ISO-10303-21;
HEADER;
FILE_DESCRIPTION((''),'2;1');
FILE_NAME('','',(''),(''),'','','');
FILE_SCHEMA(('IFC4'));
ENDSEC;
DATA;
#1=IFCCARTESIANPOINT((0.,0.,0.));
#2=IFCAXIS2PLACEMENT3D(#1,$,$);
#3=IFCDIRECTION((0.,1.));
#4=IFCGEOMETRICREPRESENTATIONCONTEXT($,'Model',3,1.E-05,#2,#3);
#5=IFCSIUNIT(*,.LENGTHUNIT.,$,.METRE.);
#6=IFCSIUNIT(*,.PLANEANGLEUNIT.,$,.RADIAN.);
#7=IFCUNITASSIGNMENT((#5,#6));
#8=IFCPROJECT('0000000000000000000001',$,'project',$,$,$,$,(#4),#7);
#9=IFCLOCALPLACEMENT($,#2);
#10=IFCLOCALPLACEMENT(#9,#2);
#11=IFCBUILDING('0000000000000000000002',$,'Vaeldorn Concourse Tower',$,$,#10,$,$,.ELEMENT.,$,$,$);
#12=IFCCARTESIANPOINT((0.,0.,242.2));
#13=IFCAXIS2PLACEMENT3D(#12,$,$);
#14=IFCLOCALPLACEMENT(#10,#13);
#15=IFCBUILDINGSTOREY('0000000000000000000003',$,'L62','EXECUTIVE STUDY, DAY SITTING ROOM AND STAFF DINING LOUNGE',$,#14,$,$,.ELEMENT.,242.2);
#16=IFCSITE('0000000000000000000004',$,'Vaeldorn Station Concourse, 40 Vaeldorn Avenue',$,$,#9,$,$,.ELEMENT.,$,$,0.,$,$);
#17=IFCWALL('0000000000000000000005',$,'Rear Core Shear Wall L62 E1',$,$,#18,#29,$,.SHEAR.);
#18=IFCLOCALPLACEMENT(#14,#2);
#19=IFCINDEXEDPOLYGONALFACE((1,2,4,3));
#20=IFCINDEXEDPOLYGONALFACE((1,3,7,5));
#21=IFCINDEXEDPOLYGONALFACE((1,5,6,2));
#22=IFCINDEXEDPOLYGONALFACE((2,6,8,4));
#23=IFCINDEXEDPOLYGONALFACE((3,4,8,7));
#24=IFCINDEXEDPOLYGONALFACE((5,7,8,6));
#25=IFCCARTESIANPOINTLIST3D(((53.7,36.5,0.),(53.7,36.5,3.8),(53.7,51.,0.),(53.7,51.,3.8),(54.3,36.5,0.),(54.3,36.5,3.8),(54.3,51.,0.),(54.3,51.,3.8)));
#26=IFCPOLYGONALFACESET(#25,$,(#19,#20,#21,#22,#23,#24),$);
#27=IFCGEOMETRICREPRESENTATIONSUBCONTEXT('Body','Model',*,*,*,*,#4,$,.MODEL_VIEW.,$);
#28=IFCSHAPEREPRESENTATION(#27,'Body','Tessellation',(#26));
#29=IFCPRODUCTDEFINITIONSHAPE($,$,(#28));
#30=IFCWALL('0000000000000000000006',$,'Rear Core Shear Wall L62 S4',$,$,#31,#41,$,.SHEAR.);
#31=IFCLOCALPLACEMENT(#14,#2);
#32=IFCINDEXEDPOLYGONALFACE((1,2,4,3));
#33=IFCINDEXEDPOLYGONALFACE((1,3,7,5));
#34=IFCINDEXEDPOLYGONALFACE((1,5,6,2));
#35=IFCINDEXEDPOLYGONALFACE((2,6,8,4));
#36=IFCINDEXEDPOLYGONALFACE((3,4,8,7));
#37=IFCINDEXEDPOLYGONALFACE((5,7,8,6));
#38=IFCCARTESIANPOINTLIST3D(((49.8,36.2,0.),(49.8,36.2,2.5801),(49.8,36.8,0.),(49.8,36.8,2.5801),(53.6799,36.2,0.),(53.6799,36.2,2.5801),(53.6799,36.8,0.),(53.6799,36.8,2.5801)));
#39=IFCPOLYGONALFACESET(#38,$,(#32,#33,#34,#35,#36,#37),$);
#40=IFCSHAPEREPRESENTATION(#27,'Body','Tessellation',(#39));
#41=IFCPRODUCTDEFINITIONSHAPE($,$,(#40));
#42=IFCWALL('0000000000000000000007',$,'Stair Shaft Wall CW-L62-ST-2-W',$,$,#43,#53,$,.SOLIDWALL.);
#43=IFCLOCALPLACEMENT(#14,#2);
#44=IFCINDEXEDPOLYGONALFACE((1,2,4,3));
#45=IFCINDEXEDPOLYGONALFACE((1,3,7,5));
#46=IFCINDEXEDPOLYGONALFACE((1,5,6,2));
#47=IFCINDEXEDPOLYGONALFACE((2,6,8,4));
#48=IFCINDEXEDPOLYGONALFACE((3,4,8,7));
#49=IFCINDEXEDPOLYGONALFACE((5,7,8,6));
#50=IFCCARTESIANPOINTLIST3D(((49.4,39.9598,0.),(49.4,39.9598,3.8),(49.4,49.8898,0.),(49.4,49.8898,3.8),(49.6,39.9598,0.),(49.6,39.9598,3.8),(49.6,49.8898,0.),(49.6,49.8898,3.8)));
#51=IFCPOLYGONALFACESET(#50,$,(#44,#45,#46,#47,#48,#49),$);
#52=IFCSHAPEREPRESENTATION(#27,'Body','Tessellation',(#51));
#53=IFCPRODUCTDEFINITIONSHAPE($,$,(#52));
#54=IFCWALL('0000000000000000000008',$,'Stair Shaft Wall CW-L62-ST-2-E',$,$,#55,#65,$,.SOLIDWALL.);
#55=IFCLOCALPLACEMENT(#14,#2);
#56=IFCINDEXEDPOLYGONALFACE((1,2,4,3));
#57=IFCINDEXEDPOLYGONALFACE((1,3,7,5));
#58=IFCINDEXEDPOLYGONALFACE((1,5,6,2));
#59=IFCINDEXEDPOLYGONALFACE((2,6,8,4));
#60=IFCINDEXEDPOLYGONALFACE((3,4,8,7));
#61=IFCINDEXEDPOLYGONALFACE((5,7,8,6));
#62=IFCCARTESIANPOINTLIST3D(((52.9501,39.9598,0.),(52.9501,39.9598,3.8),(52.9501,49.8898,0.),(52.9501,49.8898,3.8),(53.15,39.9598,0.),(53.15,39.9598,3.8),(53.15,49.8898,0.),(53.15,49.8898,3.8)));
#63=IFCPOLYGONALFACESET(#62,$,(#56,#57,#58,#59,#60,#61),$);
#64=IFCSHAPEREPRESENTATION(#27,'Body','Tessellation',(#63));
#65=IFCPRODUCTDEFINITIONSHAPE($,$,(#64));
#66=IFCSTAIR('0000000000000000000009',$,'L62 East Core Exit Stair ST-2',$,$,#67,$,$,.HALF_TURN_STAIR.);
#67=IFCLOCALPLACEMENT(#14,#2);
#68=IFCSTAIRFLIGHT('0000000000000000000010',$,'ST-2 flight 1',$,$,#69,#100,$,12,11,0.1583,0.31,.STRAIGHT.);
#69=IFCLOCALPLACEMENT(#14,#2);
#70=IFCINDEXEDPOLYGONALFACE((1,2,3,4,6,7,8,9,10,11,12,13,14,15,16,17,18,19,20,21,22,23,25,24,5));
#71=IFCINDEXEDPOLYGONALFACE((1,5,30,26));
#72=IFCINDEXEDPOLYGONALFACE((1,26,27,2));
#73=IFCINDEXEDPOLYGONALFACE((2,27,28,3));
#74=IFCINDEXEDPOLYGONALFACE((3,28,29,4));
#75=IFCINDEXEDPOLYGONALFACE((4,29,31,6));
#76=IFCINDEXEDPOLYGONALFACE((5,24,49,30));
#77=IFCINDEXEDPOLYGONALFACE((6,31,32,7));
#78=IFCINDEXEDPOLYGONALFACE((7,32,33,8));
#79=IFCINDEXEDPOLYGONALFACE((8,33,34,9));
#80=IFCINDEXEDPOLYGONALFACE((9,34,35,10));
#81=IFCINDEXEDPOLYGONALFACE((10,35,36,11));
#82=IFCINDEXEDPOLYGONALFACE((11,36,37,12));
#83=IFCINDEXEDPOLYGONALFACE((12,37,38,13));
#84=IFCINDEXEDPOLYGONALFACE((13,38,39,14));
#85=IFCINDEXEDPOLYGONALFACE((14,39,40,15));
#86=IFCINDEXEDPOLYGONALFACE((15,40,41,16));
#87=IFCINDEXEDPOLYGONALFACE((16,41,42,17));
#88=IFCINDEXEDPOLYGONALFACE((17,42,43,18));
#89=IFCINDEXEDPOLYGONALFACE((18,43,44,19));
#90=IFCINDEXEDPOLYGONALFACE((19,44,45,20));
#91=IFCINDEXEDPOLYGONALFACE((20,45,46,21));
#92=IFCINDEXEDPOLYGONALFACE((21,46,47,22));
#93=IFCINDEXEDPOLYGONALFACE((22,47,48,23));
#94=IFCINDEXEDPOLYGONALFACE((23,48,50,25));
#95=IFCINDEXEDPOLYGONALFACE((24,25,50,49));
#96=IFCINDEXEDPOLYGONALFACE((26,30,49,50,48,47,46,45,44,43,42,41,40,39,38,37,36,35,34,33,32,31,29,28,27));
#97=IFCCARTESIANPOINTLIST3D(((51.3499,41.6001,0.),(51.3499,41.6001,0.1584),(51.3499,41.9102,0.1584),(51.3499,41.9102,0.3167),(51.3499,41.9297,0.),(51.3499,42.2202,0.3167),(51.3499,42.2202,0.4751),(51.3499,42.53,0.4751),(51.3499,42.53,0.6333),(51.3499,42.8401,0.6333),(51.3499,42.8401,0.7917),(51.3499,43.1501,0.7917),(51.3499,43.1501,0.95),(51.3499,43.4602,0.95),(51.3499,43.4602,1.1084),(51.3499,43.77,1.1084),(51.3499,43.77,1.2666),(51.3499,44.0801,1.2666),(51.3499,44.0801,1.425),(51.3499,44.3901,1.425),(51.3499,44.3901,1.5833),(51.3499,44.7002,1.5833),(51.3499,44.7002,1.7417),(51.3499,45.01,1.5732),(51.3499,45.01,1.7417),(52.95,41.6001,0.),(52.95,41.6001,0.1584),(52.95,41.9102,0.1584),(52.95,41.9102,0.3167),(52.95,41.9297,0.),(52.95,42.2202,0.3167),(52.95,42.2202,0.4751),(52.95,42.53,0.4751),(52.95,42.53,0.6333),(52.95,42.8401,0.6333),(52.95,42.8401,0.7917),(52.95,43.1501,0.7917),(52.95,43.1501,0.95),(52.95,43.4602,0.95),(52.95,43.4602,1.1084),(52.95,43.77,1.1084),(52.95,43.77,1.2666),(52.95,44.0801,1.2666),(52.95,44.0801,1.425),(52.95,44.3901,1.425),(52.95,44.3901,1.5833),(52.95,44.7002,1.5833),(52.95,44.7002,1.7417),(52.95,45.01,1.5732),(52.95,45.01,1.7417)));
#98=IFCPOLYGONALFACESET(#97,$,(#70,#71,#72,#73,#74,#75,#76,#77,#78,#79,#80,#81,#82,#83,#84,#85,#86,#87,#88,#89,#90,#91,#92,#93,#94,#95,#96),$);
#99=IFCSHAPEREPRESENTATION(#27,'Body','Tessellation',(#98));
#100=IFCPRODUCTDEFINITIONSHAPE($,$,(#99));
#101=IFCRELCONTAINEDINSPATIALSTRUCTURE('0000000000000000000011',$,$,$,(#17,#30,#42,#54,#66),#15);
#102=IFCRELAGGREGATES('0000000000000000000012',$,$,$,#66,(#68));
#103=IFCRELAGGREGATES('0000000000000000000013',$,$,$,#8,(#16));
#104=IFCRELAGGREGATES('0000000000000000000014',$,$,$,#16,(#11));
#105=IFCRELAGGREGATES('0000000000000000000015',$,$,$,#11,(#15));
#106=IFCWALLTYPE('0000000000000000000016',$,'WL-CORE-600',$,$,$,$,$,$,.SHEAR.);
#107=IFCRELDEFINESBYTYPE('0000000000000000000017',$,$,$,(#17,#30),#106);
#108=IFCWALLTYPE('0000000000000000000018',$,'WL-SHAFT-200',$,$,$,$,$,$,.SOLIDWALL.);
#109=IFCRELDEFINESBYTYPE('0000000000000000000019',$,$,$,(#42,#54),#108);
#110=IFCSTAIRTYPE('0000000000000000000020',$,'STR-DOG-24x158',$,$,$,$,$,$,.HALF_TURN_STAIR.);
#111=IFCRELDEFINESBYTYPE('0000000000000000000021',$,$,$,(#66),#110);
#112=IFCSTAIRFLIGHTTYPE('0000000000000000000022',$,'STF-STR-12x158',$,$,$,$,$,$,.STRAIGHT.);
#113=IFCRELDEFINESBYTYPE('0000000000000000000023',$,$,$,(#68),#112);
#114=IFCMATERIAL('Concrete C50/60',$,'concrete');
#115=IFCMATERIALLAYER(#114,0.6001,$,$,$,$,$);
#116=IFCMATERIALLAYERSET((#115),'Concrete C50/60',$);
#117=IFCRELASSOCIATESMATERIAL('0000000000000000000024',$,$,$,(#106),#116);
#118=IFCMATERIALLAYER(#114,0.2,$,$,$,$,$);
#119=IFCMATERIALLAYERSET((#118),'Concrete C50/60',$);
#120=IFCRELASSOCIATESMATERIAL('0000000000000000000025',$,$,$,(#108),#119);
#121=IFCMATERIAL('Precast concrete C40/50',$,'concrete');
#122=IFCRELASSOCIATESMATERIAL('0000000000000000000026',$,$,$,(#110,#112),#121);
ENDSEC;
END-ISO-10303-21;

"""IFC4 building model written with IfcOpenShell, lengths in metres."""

from ifc_helpers import new_model, si_unit, direction, frame, frame_2d, origin, place, context, subcontext, project, spatial, polyline, rectangle, outline, extrude, material, layer, layer_set, type_object, element, aggregate, save


model = new_model("IFC4")

# Units and contexts
model_context = context("Model", 3, precision=1e-05, world=origin(), true_north=direction((0.0, 1.0)))
body_context = subcontext(model_context, "Body", "Model", "MODEL_VIEW")
ifc_project = project(units=[si_unit("LENGTHUNIT", "METRE"), si_unit("PLANEANGLEUNIT", "RADIAN")], contexts=[model_context])

# Site, building, storey
site_placement = place(None, origin())
site = spatial("IfcSite", under=ifc_project, at=site_placement, Name="Vaeldorn Station Concourse, 40 Vaeldorn Avenue", CompositionType="ELEMENT", RefElevation=0.0)
building_placement = place(site_placement, origin())
building = spatial("IfcBuilding", under=site, at=building_placement, Name="Vaeldorn Concourse Tower", CompositionType="ELEMENT")
storey_placement = place(building_placement, frame((0.0, 0.0, 242.2)))
storey = spatial("IfcBuildingStorey", under=building, at=storey_placement, Name="L62", Description="EXECUTIVE STUDY, DAY SITTING ROOM AND STAFF DINING LOUNGE", CompositionType="ELEMENT", Elevation=242.2)

# Shared definitions
ifc_material_1 = material(Name="Concrete C50/60", Category="concrete")

# Walls
ifc_layer_1 = layer(ifc_material_1, 0.6001)
ifc_layer_set_1 = layer_set([ifc_layer_1], Name="Concrete C50/60")
wall_type_1 = type_object("IfcWallType", Name="WL-CORE-600", PredefinedType="SHEAR", material=ifc_layer_set_1)
wall_1_placement = place(storey_placement, frame((54.0, 36.5, 0.0), z_axis=(0.0, 0.0, 1.0), x_axis=(0.0, 1.0, 0.0)))
element("IfcWall", 1, at=wall_1_placement, inside=storey, type_object=wall_type_1, Name="Rear Core Shear Wall L62 E1", PredefinedType="SHEAR", context=body_context, shape_type="SweptSolid", body=[
    extrude(rectangle(XDim=14.5, YDim=0.6001, at=frame_2d((7.25, 0.0))), origin(), (0.0, 0.0, 1.0), 3.8),
])
wall_2_placement = place(storey_placement, frame((49.8, 36.5, 0.0), z_axis=(0.0, 0.0, 1.0), x_axis=(1.0, 0.0, 0.0)))
element("IfcWall", 2, at=wall_2_placement, inside=storey, type_object=wall_type_1, Name="Rear Core Shear Wall L62 S4", PredefinedType="SHEAR", context=body_context, shape_type="SweptSolid", body=[
    extrude(rectangle(XDim=3.8799, YDim=0.6001, at=frame_2d((1.9399, 0.0))), origin(), (0.0, 0.0, 1.0), 2.5801),
])
ifc_layer_2 = layer(ifc_material_1, 0.2)
ifc_layer_set_2 = layer_set([ifc_layer_2], Name="Concrete C50/60")
wall_type_2 = type_object("IfcWallType", Name="WL-SHAFT-200", PredefinedType="SOLIDWALL", material=ifc_layer_set_2)
for number, where, z_axis, x_axis, name in (
    (3, (49.5, 39.96, 0.0), (0.0, 0.0, 1.0), (0.0, 1.0, 0.0), "Stair Shaft Wall CW-L62-ST-2-W"),
    (4, (53.05, 39.96, 0.0), (0.0, 0.0, 1.0), (0.0, 1.0, 0.0), "Stair Shaft Wall CW-L62-ST-2-E"),
):
    element("IfcWall", number, at=place(storey_placement, frame(where, z_axis=z_axis, x_axis=x_axis)), inside=storey, type_object=wall_type_2, Name=name, PredefinedType="SOLIDWALL", context=body_context, shape_type="SweptSolid", body=[
        extrude(rectangle(XDim=9.9299, YDim=0.2, at=frame_2d((4.9648, 0.0))), origin(), (0.0, 0.0, 1.0), 3.8),
    ])

# Stair, stair flight
ifc_material_2 = material(Name="Precast concrete C40/50", Category="concrete")
stair_type = type_object("IfcStairType", Name="STR-DOG-24x158", PredefinedType="HALF_TURN_STAIR", material=ifc_material_2)
stair_placement = place(storey_placement, origin())
stair = element("IfcStair", 5, at=stair_placement, inside=storey, type_object=stair_type, Name="L62 East Core Exit Stair ST-2", PredefinedType="HALF_TURN_STAIR")
stair_flight_type = type_object("IfcStairFlightType", Name="STF-STR-12x158", PredefinedType="STRAIGHT", material=ifc_material_2)
stair_flight_placement = place(storey_placement, frame((52.1499, 41.6001, 0.0), z_axis=(0.0, 0.0, 1.0), x_axis=(0.0, 1.0, 0.0)))
stair_flight = element("IfcStairFlight", 6, at=stair_flight_placement, type_object=stair_flight_type, Name="ST-2 flight 1", NumberOfRisers=12, NumberOfTreads=11, PredefinedType="STRAIGHT", RiserHeight=0.1583, TreadLength=0.31, context=body_context, shape_type="SweptSolid", body=[
    extrude(outline(polyline([(0.0, 0.0), (0.0, 0.1584), (0.3101, 0.1584), (0.3101, 0.3167), (0.6201, 0.3167), (0.6201, 0.4751), (0.9299, 0.4751), (0.9299, 0.6333), (1.24, 0.6333), (1.24, 0.7917), (1.55, 0.7917), (1.55, 0.95), (1.8601, 0.95), (1.8601, 1.1084), (2.1699, 1.1084), (2.1699, 1.2666), (2.48, 1.2666), (2.48, 1.425), (2.79, 1.425), (2.79, 1.5833), (3.1001, 1.5833), (3.1001, 1.7417), (3.4099, 1.7417), (3.4099, 1.8999), (3.4099, 1.5732), (0.3296, 0.0), (0.0, 0.0)])), frame((0.0, 0.8, 0.0), z_axis=(0.0, -1.0, 0.0), x_axis=(1.0, 0.0, 0.0)), (0.0, 0.0, 1.0), 1.6001),
])
aggregate(stair, [stair_flight])

save(model, "model.ifc")
